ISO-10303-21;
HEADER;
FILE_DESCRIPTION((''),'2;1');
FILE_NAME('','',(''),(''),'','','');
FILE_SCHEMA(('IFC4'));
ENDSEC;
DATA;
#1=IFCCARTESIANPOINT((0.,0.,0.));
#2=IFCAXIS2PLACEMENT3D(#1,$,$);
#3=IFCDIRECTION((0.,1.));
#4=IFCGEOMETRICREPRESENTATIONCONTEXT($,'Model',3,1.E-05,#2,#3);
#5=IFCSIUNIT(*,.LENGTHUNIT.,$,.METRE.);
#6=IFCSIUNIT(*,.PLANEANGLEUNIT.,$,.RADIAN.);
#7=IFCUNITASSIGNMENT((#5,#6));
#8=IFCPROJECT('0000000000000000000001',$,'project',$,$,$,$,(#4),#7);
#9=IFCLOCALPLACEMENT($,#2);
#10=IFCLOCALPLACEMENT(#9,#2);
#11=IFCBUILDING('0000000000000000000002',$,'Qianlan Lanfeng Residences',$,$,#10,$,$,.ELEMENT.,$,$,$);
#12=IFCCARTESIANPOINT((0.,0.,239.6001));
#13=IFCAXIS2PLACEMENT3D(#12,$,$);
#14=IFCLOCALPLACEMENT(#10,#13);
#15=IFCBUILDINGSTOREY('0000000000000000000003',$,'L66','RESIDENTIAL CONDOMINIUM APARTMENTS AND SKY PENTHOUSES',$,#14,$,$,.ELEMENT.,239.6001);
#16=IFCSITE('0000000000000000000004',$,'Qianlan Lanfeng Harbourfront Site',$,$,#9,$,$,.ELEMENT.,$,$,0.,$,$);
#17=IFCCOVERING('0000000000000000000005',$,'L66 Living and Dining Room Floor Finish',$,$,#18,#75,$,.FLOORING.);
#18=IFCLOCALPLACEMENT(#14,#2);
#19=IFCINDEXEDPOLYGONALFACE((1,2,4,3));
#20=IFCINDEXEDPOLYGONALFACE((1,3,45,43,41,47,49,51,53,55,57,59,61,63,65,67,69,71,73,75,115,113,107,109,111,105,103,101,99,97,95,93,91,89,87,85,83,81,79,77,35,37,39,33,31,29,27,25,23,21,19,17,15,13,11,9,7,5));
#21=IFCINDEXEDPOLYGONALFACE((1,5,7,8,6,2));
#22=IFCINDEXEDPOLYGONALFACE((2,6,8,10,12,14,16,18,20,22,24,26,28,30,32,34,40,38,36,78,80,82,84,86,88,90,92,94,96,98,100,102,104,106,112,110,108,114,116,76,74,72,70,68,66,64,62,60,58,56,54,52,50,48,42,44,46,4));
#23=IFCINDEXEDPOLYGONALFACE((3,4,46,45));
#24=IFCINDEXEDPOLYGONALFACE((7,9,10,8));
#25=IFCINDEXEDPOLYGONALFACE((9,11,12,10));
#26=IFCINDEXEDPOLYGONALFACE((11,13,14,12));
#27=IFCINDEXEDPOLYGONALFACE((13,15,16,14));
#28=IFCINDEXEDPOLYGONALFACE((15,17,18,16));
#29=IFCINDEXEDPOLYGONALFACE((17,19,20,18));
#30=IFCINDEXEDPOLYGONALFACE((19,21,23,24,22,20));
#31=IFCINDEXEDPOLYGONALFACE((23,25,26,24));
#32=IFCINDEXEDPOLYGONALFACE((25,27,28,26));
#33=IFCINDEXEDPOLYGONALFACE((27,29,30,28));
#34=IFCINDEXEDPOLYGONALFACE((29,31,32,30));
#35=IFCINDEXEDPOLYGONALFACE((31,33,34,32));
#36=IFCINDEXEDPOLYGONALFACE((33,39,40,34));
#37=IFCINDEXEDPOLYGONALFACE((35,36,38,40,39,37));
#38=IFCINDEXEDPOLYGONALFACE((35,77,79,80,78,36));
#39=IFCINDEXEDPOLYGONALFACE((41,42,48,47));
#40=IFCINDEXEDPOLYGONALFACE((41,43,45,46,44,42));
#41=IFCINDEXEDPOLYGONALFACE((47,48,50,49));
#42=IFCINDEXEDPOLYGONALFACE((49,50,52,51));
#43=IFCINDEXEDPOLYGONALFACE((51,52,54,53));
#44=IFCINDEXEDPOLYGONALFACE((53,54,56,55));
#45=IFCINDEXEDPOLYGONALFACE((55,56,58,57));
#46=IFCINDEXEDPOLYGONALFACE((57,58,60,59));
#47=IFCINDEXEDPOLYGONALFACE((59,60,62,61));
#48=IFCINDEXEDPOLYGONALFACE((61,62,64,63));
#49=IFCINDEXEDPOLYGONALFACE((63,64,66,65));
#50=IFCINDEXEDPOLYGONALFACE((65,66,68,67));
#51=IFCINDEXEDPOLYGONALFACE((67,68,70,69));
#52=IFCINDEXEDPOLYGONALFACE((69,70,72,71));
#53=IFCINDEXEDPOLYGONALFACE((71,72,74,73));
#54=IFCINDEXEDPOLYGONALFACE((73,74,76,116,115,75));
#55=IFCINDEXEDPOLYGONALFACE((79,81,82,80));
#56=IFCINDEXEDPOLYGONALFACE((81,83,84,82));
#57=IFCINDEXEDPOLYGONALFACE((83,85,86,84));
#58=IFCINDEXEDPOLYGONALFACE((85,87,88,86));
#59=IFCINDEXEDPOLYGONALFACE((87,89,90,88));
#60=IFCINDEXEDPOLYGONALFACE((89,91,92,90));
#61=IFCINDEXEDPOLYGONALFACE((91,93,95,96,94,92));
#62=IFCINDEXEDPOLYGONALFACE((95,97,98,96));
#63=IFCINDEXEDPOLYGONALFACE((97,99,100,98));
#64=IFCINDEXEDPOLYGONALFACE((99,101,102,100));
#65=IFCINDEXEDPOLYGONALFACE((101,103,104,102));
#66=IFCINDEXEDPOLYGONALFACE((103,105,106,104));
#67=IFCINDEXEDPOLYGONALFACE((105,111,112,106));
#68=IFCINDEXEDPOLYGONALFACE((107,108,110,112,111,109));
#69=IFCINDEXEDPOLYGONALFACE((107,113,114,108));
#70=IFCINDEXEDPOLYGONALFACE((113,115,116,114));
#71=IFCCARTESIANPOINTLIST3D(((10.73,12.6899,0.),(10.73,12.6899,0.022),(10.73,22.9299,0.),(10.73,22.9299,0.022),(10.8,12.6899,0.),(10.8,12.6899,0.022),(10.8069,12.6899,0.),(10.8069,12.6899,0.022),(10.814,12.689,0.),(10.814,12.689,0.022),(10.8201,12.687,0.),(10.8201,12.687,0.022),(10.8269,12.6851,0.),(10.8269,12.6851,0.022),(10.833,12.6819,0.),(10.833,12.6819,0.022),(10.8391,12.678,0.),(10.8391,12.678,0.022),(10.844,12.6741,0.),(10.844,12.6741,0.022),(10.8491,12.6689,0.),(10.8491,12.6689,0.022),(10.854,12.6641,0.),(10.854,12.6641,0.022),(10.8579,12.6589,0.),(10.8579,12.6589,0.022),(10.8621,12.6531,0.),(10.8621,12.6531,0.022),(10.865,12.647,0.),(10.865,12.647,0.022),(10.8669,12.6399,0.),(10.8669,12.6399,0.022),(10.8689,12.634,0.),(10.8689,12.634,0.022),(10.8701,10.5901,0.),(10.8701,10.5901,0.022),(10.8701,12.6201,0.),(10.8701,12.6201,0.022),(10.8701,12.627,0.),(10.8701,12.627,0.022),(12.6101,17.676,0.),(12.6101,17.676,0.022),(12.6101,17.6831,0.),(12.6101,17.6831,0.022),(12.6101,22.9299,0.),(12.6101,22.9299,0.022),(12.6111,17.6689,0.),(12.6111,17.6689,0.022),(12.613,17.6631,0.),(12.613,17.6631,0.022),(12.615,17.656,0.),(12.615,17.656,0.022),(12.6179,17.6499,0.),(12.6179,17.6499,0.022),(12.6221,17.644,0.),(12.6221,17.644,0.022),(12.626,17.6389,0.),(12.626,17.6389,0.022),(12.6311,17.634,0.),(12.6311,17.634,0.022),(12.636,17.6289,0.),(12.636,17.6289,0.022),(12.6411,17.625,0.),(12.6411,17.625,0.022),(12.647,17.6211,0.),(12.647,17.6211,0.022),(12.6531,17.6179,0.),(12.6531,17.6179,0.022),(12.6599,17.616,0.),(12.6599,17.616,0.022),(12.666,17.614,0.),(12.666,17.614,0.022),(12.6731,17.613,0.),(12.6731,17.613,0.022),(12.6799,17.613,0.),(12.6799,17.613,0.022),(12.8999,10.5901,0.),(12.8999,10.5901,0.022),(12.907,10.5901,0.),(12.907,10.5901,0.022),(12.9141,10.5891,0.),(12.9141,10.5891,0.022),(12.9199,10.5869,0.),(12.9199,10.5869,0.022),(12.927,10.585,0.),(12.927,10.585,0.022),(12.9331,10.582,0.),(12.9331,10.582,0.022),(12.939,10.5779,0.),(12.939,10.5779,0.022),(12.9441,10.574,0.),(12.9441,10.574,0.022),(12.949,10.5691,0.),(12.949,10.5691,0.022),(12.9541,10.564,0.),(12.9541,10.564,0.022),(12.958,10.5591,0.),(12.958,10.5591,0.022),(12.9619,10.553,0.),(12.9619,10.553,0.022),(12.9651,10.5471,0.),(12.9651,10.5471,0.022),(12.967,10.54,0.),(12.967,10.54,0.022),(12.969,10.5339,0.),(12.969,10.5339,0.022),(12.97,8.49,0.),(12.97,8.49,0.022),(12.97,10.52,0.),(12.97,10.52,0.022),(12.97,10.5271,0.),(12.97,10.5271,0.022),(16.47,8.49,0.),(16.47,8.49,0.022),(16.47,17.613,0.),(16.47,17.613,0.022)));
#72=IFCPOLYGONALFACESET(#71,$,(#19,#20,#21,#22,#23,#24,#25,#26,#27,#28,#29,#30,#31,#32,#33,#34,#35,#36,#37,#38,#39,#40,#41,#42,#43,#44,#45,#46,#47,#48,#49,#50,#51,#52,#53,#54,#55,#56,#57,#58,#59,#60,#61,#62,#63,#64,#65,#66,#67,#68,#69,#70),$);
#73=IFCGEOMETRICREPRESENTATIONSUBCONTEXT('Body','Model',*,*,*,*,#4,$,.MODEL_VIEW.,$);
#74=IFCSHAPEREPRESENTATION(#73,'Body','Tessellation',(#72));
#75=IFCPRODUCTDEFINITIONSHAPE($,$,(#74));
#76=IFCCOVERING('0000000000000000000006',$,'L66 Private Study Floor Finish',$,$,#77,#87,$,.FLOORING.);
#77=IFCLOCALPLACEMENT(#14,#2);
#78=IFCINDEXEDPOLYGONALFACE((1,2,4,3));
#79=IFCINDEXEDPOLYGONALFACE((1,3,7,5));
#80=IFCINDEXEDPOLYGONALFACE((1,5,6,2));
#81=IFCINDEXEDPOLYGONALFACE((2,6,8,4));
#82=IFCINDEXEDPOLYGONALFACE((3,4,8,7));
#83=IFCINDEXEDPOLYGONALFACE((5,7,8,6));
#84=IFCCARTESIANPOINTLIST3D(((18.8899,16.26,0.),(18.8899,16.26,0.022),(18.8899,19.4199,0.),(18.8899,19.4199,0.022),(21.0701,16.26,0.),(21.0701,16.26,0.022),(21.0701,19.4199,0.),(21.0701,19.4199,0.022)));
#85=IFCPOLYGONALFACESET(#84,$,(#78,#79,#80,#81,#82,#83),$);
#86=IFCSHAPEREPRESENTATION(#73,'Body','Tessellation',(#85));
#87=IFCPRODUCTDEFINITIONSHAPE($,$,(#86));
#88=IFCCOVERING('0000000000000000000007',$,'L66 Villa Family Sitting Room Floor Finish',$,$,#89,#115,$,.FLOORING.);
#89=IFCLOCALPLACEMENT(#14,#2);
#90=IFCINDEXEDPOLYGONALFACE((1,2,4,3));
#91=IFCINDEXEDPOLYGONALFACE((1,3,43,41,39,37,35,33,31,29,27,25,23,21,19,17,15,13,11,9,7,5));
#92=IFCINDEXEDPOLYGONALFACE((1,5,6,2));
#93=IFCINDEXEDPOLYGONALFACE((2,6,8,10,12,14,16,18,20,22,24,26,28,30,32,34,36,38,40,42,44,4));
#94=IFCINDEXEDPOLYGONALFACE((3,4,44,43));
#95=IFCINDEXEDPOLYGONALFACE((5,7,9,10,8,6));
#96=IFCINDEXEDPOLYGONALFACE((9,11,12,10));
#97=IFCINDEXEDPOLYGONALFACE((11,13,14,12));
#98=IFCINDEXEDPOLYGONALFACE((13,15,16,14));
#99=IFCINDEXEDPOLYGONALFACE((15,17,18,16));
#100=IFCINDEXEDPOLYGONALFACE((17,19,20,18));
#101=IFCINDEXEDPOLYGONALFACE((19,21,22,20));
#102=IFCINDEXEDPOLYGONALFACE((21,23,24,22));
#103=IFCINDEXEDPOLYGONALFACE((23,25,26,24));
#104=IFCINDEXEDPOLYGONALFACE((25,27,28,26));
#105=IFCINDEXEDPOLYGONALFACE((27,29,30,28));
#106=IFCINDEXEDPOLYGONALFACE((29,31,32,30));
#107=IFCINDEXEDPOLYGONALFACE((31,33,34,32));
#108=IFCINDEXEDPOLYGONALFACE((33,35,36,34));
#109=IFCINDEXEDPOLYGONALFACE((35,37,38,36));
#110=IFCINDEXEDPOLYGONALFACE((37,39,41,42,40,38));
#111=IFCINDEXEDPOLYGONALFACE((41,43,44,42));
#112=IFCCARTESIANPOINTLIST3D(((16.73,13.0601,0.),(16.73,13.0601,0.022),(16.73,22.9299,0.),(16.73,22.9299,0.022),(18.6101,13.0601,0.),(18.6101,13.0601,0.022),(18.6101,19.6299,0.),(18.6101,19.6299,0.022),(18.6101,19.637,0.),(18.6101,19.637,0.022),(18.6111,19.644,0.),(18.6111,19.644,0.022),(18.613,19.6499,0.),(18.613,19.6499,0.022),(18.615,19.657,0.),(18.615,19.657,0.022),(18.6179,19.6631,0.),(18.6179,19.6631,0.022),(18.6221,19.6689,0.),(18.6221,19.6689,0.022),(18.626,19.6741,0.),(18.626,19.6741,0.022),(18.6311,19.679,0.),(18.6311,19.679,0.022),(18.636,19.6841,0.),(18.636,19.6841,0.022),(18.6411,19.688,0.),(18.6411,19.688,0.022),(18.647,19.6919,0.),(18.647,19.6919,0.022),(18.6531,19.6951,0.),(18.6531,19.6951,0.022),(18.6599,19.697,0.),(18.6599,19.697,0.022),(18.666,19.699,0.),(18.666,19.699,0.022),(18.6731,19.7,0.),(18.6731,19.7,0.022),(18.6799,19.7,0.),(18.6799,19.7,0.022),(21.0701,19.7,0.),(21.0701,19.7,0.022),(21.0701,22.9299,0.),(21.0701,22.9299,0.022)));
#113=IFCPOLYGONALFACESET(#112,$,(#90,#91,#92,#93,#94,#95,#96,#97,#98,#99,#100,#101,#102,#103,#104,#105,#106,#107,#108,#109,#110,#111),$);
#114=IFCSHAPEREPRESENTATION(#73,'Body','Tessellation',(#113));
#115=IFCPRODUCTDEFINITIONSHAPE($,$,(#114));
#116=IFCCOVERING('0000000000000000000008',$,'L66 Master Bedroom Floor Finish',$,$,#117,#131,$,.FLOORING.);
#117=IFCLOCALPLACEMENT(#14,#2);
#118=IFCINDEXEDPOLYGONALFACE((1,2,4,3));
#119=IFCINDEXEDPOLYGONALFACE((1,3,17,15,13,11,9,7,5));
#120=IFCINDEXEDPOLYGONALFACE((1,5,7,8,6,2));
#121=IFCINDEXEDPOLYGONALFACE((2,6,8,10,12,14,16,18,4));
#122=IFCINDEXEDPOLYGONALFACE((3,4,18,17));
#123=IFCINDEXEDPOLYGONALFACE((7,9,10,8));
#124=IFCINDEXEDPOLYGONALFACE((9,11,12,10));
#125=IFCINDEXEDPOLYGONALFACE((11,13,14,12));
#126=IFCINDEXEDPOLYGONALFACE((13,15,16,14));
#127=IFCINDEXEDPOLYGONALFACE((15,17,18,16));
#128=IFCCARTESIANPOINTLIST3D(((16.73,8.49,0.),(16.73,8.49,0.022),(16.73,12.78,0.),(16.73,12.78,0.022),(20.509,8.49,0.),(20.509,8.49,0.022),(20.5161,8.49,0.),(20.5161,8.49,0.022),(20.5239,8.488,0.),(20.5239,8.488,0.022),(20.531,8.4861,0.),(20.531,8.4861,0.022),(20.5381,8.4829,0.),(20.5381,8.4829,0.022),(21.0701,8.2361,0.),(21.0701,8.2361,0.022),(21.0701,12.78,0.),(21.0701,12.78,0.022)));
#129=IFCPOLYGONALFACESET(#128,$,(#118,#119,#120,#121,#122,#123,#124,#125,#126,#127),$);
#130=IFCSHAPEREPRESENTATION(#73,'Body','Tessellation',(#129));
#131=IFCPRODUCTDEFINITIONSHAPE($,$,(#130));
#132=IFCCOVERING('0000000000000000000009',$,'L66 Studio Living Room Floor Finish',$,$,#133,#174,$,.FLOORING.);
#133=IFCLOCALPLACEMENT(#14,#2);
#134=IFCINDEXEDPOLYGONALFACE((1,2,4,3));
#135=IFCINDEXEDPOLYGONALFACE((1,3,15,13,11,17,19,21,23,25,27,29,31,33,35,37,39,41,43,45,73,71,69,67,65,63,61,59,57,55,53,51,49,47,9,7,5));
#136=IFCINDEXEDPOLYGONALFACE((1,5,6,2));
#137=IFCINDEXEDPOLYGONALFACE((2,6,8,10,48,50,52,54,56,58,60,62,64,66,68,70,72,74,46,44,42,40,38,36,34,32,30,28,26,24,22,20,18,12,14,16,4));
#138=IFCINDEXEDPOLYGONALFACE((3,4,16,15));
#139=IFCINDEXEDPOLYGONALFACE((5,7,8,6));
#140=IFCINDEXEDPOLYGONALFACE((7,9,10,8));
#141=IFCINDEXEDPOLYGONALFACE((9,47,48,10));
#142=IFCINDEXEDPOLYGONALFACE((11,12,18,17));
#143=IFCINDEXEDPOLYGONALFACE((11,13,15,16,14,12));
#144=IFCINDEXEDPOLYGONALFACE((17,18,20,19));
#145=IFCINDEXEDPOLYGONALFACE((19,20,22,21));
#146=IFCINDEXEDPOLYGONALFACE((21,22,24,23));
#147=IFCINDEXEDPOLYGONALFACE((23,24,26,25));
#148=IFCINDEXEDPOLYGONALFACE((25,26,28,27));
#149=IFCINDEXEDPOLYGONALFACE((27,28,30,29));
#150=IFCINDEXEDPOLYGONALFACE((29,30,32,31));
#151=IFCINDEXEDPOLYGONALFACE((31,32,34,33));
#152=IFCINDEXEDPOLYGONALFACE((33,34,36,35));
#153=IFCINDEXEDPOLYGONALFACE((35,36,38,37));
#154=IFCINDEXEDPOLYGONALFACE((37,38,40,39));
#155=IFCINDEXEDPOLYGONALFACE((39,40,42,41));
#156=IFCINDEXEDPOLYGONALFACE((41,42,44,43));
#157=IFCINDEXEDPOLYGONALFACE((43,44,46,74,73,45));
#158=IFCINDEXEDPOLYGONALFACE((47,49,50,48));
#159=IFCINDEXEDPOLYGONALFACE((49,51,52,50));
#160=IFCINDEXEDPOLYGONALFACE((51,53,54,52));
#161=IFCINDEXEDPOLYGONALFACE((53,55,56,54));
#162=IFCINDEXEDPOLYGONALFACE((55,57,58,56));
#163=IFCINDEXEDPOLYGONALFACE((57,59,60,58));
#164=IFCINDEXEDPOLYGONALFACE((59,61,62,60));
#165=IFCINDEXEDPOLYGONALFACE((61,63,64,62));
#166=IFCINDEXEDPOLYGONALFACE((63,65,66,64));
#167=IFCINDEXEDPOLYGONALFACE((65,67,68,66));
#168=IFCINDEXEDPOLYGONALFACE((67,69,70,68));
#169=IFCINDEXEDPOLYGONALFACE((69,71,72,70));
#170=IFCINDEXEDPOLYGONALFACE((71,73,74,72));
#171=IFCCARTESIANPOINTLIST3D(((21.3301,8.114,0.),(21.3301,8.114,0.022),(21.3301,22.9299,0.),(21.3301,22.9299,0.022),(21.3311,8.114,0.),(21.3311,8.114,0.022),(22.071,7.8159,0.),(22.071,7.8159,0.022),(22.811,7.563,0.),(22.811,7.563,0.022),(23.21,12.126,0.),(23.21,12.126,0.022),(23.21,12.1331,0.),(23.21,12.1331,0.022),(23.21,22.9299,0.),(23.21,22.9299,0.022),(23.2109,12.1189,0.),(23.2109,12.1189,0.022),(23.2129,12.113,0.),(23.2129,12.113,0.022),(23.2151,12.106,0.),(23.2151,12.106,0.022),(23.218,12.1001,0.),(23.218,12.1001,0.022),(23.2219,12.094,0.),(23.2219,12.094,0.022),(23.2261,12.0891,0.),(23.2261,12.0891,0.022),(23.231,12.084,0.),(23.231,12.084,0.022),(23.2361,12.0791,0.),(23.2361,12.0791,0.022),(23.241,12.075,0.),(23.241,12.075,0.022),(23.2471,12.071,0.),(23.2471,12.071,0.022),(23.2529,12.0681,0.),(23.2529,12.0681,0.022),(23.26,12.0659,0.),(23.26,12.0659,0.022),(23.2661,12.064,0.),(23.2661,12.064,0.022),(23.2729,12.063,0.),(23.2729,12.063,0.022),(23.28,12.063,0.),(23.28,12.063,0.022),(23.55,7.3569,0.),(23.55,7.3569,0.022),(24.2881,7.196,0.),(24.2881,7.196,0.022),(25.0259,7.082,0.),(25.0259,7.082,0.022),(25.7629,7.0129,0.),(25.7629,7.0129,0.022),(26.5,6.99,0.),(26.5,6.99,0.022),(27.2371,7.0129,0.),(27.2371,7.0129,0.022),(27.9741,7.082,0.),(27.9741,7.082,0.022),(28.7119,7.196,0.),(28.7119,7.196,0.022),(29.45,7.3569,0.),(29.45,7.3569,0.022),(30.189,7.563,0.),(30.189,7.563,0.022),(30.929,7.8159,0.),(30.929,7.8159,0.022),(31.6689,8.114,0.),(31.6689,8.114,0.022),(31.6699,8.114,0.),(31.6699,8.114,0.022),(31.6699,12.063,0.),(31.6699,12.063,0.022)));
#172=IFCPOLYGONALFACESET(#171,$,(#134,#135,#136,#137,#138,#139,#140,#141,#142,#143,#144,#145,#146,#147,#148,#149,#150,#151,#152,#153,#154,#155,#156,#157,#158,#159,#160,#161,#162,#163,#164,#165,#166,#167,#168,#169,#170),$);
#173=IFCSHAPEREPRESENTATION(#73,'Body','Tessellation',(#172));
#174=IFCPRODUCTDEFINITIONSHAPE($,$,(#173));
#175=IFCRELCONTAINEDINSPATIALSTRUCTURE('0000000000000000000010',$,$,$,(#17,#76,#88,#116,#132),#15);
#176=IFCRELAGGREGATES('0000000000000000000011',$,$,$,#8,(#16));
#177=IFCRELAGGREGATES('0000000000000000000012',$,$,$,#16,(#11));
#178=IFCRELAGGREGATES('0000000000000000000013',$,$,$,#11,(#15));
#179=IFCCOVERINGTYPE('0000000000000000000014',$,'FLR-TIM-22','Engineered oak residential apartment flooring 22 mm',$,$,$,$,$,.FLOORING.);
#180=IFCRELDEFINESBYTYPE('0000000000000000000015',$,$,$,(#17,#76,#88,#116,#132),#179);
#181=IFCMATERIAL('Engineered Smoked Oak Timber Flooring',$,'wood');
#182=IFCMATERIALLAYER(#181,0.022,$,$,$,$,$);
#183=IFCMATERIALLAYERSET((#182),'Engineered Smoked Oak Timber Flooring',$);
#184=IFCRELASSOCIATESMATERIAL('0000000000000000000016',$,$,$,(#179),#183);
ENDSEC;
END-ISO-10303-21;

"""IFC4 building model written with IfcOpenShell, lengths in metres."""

from ifc_helpers import new_model, si_unit, direction, frame, origin, place, context, subcontext, project, spatial, polyline, outline, extrude, material, layer, layer_set, type_object, element, save


model = new_model("IFC4")

# Units and contexts
model_context = context("Model", 3, precision=1e-05, world=origin(), true_north=direction((0.0, 1.0)))
body_context = subcontext(model_context, "Body", "Model", "MODEL_VIEW")
ifc_project = project(units=[si_unit("LENGTHUNIT", "METRE"), si_unit("PLANEANGLEUNIT", "RADIAN")], contexts=[model_context])

# Site, building, storey
site_placement = place(None, origin())
site = spatial("IfcSite", under=ifc_project, at=site_placement, Name="Qianlan Lanfeng Harbourfront Site", CompositionType="ELEMENT", RefElevation=0.0)
building_placement = place(site_placement, origin())
building = spatial("IfcBuilding", under=site, at=building_placement, Name="Qianlan Lanfeng Residences", CompositionType="ELEMENT")
storey_placement = place(building_placement, frame((0.0, 0.0, 239.6001)))
storey = spatial("IfcBuildingStorey", under=building, at=storey_placement, Name="L66", Description="RESIDENTIAL CONDOMINIUM APARTMENTS AND SKY PENTHOUSES", CompositionType="ELEMENT", Elevation=239.6001)

# Coverings
ifc_material_1 = material(Name="Engineered Smoked Oak Timber Flooring", Category="wood")
ifc_layer_1 = layer(ifc_material_1, 0.022)
ifc_layer_set_1 = layer_set([ifc_layer_1], Name="Engineered Smoked Oak Timber Flooring")
covering_type_1 = type_object("IfcCoveringType", Name="FLR-TIM-22", Description="Engineered oak residential apartment flooring 22 mm", PredefinedType="FLOORING", material=ifc_layer_set_1)
covering_1_placement = place(storey_placement, origin())
element("IfcCovering", 1, at=covering_1_placement, inside=storey, type_object=covering_type_1, Name="L66 Living and Dining Room Floor Finish", PredefinedType="FLOORING", context=body_context, shape_type="SweptSolid", body=[
    extrude(outline(polyline([(16.47, 8.49), (16.47, 17.613), (12.6799, 17.613), (12.6731, 17.613), (12.666, 17.614), (12.6599, 17.616), (12.6531, 17.6179), (12.647, 17.6211), (12.6411, 17.625), (12.636, 17.6289), (12.6311, 17.634), (12.626, 17.6389), (12.6221, 17.644), (12.6179, 17.6499), (12.615, 17.656), (12.613, 17.6631), (12.6111, 17.6689), (12.6101, 17.676), (12.6101, 17.6831), (12.6101, 22.9299), (10.73, 22.9299), (10.73, 12.6899), (10.8, 12.6899), (10.8069, 12.6899), (10.814, 12.689), (10.8201, 12.687), (10.8269, 12.6851), (10.833, 12.6819), (10.8391, 12.678), (10.844, 12.6741), (10.8491, 12.6689), (10.854, 12.6641), (10.8579, 12.6589), (10.8621, 12.6531), (10.865, 12.647), (10.8669, 12.6399), (10.8689, 12.634), (10.8701, 12.627), (10.8701, 12.6201), (10.8701, 10.5901), (12.8999, 10.5901), (12.907, 10.5901), (12.9141, 10.5891), (12.9199, 10.5869), (12.927, 10.585), (12.9331, 10.582), (12.939, 10.5779), (12.9441, 10.574), (12.949, 10.5691), (12.9541, 10.564), (12.958, 10.5591), (12.9619, 10.553), (12.9651, 10.5471), (12.967, 10.54), (12.969, 10.5339), (12.97, 10.5271), (12.97, 10.52), (12.97, 8.49), (16.47, 8.49)])), origin(), (0.0, 0.0, 1.0), 0.022),
])
covering_2_placement = place(storey_placement, origin())
element("IfcCovering", 2, at=covering_2_placement, inside=storey, type_object=covering_type_1, Name="L66 Private Study Floor Finish", PredefinedType="FLOORING", context=body_context, shape_type="SweptSolid", body=[
    extrude(outline(polyline([(18.8899, 16.26), (21.0701, 16.26), (21.0701, 19.4199), (18.8899, 19.4199), (18.8899, 16.26)])), origin(), (0.0, 0.0, 1.0), 0.022),
])
covering_3_placement = place(storey_placement, origin())
element("IfcCovering", 3, at=covering_3_placement, inside=storey, type_object=covering_type_1, Name="L66 Villa Family Sitting Room Floor Finish", PredefinedType="FLOORING", context=body_context, shape_type="SweptSolid", body=[
    extrude(outline(polyline([(16.73, 13.0601), (18.6101, 13.0601), (18.6101, 19.6299), (18.6101, 19.637), (18.6111, 19.644), (18.613, 19.6499), (18.615, 19.657), (18.6179, 19.6631), (18.6221, 19.6689), (18.626, 19.6741), (18.6311, 19.679), (18.636, 19.6841), (18.6411, 19.688), (18.647, 19.6919), (18.6531, 19.6951), (18.6599, 19.697), (18.666, 19.699), (18.6731, 19.7), (18.6799, 19.7), (21.0701, 19.7), (21.0701, 22.9299), (16.73, 22.9299), (16.73, 13.0601)])), origin(), (0.0, 0.0, 1.0), 0.022),
])
covering_4_placement = place(storey_placement, origin())
element("IfcCovering", 4, at=covering_4_placement, inside=storey, type_object=covering_type_1, Name="L66 Master Bedroom Floor Finish", PredefinedType="FLOORING", context=body_context, shape_type="SweptSolid", body=[
    extrude(outline(polyline([(16.73, 12.78), (16.73, 8.49), (20.509, 8.49), (20.5161, 8.49), (20.5239, 8.488), (20.531, 8.4861), (20.5381, 8.4829), (21.0701, 8.2361), (21.0701, 12.78), (16.73, 12.78)])), origin(), (0.0, 0.0, 1.0), 0.022),
])
covering_5_placement = place(storey_placement, origin())
element("IfcCovering", 5, at=covering_5_placement, inside=storey, type_object=covering_type_1, Name="L66 Studio Living Room Floor Finish", PredefinedType="FLOORING", context=body_context, shape_type="SweptSolid", body=[
    extrude(outline(polyline([(31.6699, 8.114), (31.6699, 12.063), (23.28, 12.063), (23.2729, 12.063), (23.2661, 12.064), (23.26, 12.0659), (23.2529, 12.0681), (23.2471, 12.071), (23.241, 12.075), (23.2361, 12.0791), (23.231, 12.084), (23.2261, 12.0891), (23.2219, 12.094), (23.218, 12.1001), (23.2151, 12.106), (23.2129, 12.113), (23.2109, 12.1189), (23.21, 12.126), (23.21, 12.1331), (23.21, 22.9299), (21.3301, 22.9299), (21.3301, 8.114), (21.3311, 8.114), (22.071, 7.8159), (22.811, 7.563), (23.55, 7.3569), (24.2881, 7.196), (25.0259, 7.082), (25.7629, 7.0129), (26.5, 6.99), (27.2371, 7.0129), (27.9741, 7.082), (28.7119, 7.196), (29.45, 7.3569), (30.189, 7.563), (30.929, 7.8159), (31.6689, 8.114), (31.6699, 8.114)])), origin(), (0.0, 0.0, 1.0), 0.022),
])

save(model, "model.ifc")
